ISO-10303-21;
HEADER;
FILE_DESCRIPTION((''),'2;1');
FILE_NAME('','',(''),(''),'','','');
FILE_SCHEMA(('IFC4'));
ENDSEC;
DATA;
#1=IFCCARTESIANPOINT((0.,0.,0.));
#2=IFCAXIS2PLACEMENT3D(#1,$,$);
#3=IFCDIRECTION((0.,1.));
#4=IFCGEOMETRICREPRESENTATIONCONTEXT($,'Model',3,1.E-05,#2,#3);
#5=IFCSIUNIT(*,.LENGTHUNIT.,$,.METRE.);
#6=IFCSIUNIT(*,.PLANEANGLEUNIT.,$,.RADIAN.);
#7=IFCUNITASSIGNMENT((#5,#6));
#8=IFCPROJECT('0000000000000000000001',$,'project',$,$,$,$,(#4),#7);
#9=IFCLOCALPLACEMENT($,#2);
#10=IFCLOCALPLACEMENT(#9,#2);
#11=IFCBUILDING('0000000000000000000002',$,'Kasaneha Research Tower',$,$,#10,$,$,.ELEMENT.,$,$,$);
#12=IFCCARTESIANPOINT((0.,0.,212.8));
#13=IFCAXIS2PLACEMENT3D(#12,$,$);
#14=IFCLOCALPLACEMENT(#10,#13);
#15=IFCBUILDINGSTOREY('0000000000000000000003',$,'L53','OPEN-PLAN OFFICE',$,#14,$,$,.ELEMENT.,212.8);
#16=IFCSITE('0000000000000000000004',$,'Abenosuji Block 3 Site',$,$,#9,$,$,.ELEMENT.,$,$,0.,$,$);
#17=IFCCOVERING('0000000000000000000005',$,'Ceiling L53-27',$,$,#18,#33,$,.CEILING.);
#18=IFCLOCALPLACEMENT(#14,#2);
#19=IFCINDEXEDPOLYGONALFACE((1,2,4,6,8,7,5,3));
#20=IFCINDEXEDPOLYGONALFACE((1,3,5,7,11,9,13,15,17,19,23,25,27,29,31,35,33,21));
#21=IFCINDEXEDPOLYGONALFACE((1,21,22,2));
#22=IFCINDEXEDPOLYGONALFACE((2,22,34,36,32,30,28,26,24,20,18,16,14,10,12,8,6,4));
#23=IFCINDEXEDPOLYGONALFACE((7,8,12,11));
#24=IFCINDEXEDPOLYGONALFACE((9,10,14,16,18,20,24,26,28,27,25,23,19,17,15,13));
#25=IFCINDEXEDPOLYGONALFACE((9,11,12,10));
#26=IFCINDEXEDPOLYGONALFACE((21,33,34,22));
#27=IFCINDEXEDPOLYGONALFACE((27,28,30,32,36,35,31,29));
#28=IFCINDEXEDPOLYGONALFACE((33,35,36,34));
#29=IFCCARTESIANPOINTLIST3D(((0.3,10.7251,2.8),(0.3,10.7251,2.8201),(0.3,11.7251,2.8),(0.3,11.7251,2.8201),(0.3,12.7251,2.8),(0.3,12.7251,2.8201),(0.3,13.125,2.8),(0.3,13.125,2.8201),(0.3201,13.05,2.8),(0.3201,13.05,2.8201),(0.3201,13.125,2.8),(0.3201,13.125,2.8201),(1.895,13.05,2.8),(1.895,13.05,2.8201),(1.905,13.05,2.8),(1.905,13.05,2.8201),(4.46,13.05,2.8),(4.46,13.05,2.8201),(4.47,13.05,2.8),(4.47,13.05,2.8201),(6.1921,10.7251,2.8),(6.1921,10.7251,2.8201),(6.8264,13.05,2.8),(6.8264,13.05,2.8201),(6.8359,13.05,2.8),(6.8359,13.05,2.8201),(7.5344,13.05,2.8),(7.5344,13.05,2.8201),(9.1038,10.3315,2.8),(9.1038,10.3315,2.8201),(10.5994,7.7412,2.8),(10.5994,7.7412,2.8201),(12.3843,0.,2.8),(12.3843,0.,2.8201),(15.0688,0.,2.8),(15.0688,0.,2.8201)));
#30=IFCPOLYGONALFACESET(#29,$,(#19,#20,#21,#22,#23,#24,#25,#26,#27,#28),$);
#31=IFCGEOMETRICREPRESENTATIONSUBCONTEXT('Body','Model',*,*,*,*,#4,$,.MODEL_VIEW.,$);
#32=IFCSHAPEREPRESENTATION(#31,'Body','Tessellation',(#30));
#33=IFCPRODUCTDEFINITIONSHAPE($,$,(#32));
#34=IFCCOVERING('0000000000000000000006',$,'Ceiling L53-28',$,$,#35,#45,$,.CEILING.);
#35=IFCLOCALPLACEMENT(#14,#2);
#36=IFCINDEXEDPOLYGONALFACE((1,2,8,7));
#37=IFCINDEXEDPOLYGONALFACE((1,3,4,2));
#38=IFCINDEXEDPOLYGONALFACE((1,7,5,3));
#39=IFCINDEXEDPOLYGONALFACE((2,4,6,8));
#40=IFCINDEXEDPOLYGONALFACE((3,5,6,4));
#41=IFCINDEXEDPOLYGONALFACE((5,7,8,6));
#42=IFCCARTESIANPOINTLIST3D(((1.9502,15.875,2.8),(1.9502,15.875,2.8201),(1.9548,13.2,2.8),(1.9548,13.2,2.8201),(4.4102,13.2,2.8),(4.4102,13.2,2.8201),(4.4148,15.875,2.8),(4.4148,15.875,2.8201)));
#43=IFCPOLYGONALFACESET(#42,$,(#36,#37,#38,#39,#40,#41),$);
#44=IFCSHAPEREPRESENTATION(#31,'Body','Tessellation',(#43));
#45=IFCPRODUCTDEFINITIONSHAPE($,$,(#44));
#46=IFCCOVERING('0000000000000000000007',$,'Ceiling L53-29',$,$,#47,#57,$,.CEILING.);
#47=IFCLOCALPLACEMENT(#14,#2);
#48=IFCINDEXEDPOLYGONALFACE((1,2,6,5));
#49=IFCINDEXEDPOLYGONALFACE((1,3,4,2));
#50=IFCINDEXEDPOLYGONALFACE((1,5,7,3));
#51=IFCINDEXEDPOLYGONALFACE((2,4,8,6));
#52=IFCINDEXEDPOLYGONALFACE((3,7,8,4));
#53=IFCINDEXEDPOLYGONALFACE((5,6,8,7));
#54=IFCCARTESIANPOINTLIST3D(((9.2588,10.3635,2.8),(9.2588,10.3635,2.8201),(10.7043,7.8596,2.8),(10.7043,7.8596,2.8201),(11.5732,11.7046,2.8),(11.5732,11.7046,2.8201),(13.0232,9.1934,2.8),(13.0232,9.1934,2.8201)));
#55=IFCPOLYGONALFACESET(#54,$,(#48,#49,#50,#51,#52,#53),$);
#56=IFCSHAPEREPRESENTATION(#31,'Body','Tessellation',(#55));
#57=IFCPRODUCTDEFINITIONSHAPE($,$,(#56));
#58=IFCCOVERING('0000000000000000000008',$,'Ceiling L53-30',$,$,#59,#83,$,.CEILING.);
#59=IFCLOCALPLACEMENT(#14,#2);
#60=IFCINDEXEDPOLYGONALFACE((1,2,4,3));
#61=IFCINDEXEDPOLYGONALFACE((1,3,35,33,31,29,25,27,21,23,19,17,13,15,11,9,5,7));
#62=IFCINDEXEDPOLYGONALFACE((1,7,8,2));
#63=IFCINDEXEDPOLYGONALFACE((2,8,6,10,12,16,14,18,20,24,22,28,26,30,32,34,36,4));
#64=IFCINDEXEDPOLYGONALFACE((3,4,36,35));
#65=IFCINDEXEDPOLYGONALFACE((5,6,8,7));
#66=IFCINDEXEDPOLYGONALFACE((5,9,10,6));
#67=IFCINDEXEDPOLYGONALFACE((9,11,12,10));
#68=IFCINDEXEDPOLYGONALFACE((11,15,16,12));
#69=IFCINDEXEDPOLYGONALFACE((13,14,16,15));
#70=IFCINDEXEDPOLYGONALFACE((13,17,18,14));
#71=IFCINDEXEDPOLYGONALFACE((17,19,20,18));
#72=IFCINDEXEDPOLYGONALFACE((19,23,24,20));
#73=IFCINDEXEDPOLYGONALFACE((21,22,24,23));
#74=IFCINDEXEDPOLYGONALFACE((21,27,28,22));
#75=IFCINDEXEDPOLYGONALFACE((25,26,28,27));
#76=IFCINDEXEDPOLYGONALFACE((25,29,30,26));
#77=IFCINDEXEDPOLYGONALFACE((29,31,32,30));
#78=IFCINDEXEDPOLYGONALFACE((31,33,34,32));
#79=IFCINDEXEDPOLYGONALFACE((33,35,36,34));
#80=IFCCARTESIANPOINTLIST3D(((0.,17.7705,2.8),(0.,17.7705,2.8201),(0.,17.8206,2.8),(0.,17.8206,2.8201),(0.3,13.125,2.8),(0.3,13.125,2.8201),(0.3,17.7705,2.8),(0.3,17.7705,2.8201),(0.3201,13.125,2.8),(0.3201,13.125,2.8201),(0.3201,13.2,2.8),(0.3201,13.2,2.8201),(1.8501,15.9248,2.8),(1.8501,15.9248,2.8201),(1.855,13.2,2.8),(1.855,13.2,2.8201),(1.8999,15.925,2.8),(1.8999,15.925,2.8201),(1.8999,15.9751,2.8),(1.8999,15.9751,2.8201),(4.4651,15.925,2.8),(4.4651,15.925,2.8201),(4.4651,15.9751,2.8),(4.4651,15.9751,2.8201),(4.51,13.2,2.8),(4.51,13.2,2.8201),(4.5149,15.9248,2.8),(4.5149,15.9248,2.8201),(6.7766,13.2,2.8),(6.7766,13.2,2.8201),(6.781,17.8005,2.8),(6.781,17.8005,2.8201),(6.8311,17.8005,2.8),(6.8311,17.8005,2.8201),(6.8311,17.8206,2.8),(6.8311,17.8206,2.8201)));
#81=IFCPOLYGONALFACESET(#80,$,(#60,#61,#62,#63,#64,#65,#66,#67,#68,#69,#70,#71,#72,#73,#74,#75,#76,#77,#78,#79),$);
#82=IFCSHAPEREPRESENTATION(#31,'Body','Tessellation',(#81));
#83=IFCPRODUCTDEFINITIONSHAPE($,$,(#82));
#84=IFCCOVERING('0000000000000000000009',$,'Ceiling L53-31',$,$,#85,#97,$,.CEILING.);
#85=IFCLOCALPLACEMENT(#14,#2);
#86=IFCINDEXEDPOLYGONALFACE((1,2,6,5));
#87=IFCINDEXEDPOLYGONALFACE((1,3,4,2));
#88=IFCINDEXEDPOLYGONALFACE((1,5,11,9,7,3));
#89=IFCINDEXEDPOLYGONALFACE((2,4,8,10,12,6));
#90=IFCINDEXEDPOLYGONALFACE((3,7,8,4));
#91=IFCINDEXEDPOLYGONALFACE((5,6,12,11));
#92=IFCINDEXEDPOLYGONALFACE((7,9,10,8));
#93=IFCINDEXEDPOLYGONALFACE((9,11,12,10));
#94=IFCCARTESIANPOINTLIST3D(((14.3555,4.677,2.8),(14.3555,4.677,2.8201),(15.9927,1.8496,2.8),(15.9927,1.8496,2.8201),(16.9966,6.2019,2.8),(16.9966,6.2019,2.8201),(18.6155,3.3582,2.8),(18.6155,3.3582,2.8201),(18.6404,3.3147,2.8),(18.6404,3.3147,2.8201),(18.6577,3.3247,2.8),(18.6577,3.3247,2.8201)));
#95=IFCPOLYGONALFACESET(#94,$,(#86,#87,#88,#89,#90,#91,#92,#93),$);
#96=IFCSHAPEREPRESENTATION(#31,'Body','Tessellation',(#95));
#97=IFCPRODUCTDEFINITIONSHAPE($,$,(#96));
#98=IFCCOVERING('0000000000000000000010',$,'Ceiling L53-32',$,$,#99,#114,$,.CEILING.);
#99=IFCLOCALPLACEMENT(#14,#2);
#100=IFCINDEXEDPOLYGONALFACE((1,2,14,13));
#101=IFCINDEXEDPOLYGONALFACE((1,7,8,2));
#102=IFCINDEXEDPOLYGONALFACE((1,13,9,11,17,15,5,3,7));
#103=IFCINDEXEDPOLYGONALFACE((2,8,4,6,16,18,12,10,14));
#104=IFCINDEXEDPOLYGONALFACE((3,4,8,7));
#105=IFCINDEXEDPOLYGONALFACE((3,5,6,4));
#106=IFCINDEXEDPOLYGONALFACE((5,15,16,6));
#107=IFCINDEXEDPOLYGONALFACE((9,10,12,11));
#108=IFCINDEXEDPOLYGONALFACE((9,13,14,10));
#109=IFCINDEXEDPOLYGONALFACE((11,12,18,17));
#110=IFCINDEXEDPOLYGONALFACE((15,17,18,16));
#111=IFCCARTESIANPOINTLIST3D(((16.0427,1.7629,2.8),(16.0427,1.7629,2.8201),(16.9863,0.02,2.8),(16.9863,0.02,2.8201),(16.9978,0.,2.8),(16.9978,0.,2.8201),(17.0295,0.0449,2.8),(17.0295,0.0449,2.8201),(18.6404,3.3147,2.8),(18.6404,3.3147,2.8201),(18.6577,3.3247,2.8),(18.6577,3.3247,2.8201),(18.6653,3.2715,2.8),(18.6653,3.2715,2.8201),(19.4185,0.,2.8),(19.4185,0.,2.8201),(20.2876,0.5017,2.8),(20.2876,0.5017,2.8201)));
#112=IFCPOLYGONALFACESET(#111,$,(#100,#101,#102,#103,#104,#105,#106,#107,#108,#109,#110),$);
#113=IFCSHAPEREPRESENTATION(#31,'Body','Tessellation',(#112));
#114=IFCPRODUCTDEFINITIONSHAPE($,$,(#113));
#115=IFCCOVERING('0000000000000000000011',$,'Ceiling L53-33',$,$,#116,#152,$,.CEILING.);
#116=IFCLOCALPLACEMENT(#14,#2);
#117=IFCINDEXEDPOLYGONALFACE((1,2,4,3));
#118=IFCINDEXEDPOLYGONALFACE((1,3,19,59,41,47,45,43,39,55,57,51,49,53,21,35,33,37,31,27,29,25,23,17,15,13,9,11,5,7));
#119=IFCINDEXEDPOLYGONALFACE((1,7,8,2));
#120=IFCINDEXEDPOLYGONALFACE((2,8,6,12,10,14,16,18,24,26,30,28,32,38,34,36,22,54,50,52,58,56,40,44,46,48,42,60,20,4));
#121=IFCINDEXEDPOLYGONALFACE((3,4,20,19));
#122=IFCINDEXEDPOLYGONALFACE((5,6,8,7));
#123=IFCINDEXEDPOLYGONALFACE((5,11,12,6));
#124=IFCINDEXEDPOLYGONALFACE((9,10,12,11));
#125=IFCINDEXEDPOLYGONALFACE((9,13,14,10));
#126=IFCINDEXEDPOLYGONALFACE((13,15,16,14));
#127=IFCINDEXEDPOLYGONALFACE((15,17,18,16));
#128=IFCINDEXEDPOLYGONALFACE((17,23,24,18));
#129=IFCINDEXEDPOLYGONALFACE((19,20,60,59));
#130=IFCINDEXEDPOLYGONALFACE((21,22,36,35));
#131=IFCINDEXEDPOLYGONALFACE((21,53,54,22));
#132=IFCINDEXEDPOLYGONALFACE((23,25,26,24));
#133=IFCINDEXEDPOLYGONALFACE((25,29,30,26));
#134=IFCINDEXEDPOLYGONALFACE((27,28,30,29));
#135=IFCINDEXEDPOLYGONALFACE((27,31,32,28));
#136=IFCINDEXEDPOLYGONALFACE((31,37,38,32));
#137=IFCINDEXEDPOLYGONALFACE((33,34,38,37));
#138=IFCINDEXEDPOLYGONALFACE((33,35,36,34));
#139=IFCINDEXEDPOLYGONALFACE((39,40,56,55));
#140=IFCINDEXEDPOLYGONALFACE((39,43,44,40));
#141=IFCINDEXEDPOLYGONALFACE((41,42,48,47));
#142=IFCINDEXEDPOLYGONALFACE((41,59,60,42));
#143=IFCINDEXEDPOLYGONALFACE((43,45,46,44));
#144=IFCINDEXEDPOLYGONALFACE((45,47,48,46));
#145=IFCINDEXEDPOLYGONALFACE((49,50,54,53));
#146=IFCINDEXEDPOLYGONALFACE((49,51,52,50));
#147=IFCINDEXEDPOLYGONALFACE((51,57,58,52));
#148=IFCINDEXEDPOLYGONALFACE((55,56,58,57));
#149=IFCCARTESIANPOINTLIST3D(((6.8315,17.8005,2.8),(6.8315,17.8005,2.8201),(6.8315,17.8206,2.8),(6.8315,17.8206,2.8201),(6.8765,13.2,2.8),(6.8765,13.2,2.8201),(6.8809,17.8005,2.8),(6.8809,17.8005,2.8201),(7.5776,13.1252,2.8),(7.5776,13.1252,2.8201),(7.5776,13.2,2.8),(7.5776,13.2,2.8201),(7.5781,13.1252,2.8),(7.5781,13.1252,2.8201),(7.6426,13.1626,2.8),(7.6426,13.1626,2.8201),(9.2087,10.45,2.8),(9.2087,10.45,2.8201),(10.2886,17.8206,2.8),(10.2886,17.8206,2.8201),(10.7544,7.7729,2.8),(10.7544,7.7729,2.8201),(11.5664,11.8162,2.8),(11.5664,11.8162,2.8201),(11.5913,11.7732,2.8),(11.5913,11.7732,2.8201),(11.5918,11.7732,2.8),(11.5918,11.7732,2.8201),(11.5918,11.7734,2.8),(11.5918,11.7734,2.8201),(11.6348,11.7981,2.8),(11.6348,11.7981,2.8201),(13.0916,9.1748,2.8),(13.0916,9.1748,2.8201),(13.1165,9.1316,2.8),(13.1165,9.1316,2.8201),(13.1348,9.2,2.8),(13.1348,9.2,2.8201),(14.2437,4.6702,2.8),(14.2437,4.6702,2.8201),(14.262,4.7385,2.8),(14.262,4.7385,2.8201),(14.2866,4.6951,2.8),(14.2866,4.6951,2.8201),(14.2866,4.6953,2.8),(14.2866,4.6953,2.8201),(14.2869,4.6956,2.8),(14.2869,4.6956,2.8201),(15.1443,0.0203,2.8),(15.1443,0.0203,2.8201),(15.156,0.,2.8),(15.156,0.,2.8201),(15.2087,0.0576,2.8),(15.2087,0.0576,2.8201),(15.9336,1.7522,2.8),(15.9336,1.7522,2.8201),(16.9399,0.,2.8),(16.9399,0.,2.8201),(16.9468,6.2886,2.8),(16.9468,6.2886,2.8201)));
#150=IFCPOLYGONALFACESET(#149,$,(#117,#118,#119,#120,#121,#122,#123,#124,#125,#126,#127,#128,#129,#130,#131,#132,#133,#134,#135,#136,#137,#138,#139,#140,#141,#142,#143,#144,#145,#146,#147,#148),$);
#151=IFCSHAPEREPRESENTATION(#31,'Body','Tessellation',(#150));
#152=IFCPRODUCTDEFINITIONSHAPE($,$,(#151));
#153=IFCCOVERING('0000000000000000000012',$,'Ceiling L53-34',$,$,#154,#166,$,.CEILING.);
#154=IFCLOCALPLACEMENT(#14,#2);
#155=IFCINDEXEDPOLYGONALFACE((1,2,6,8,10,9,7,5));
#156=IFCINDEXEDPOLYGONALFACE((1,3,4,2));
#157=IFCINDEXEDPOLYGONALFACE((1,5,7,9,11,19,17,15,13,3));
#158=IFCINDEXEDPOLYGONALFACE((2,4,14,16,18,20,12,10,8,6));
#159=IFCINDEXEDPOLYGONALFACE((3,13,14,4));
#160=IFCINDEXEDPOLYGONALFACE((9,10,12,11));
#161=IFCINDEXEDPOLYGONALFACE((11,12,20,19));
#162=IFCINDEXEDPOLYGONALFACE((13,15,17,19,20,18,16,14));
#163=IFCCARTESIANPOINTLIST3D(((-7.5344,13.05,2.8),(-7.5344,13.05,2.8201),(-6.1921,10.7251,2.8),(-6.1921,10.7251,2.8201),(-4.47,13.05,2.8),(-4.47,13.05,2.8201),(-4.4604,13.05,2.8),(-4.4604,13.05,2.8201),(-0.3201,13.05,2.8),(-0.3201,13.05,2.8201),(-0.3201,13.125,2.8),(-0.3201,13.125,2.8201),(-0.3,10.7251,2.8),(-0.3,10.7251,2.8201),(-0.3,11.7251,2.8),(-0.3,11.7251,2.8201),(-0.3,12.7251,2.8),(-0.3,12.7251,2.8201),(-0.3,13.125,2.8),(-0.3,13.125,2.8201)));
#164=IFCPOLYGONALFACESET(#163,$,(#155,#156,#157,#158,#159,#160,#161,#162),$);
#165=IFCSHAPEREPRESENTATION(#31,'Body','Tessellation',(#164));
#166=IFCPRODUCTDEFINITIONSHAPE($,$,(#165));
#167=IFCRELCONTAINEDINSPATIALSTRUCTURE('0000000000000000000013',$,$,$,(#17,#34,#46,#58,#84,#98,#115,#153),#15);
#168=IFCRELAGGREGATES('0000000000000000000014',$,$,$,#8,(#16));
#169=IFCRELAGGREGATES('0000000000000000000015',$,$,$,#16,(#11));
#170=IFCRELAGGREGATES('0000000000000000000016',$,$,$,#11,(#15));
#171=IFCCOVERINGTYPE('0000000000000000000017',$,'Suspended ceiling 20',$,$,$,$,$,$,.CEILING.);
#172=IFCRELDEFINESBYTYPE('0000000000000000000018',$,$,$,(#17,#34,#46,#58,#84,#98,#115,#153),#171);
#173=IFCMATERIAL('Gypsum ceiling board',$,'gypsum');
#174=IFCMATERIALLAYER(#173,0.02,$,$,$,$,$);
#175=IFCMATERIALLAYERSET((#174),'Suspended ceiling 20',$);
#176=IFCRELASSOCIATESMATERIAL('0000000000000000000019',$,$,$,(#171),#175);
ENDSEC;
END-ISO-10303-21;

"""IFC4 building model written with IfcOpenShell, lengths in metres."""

from ifc_helpers import new_model, si_unit, direction, frame, origin, place, context, subcontext, project, spatial, polyline, outline, extrude, material, layer, layer_set, type_object, element, save


model = new_model("IFC4")

# Units and contexts
model_context = context("Model", 3, precision=1e-05, world=origin(), true_north=direction((0.0, 1.0)))
body_context = subcontext(model_context, "Body", "Model", "MODEL_VIEW")
ifc_project = project(units=[si_unit("LENGTHUNIT", "METRE"), si_unit("PLANEANGLEUNIT", "RADIAN")], contexts=[model_context])

# Site, building, storey
site_placement = place(None, origin())
site = spatial("IfcSite", under=ifc_project, at=site_placement, Name="Abenosuji Block 3 Site", CompositionType="ELEMENT", RefElevation=0.0)
building_placement = place(site_placement, origin())
building = spatial("IfcBuilding", under=site, at=building_placement, Name="Kasaneha Research Tower", CompositionType="ELEMENT")
storey_placement = place(building_placement, frame((0.0, 0.0, 212.8)))
storey = spatial("IfcBuildingStorey", under=building, at=storey_placement, Name="L53", Description="OPEN-PLAN OFFICE", CompositionType="ELEMENT", Elevation=212.8)

# Coverings
ifc_material_1 = material(Name="Gypsum ceiling board", Category="gypsum")
ifc_layer_1 = layer(ifc_material_1, 0.02)
ifc_layer_set_1 = layer_set([ifc_layer_1], Name="Suspended ceiling 20")
covering_type_1 = type_object("IfcCoveringType", Name="Suspended ceiling 20", PredefinedType="CEILING", material=ifc_layer_set_1)
covering_1_placement = place(storey_placement, frame((0.0, 0.0, 2.8)))
element("IfcCovering", 1, at=covering_1_placement, inside=storey, type_object=covering_type_1, Name="Ceiling L53-27", PredefinedType="CEILING", context=body_context, shape_type="SweptSolid", body=[
    extrude(outline(polyline([(6.1921, 10.7251), (0.3, 10.7251), (0.3, 11.7251), (0.3, 12.7251), (0.3, 13.125), (0.3201, 13.125), (0.3201, 13.05), (1.895, 13.05), (1.905, 13.05), (4.46, 13.05), (4.47, 13.05), (6.8264, 13.05), (6.8359, 13.05), (7.5344, 13.05), (9.1038, 10.3315), (9.1038, 10.3315), (10.5994, 7.7412), (10.5994, 7.7412), (15.0688, 0.0), (12.3843, 0.0), (6.1921, 10.7251)])), origin(), (0.0, 0.0, 1.0), 0.02),
])
covering_2_placement = place(storey_placement, frame((0.0, 0.0, 2.8)))
element("IfcCovering", 2, at=covering_2_placement, inside=storey, type_object=covering_type_1, Name="Ceiling L53-28", PredefinedType="CEILING", context=body_context, shape_type="SweptSolid", body=[
    extrude(outline(polyline([(4.4102, 13.2), (1.9548, 13.2), (1.9502, 15.875), (4.4148, 15.875), (4.4102, 13.2)])), origin(), (0.0, 0.0, 1.0), 0.02),
])
covering_3_placement = place(storey_placement, frame((0.0, 0.0, 2.8)))
element("IfcCovering", 3, at=covering_3_placement, inside=storey, type_object=covering_type_1, Name="Ceiling L53-29", PredefinedType="CEILING", context=body_context, shape_type="SweptSolid", body=[
    extrude(outline(polyline([(9.2588, 10.3635), (11.5732, 11.7046), (13.0232, 9.1934), (10.7043, 7.8596), (9.2588, 10.3635)])), origin(), (0.0, 0.0, 1.0), 0.02),
])
covering_4_placement = place(storey_placement, frame((0.0, 0.0, 2.8)))
element("IfcCovering", 4, at=covering_4_placement, inside=storey, type_object=covering_type_1, Name="Ceiling L53-30", PredefinedType="CEILING", context=body_context, shape_type="SweptSolid", body=[
    extrude(outline(polyline([(6.8311, 17.8206), (6.8311, 17.8005), (6.781, 17.8005), (6.7766, 13.2), (4.51, 13.2), (4.5149, 15.9248), (4.4651, 15.925), (4.4651, 15.9751), (1.8999, 15.9751), (1.8999, 15.925), (1.8501, 15.9248), (1.855, 13.2), (0.3201, 13.2), (0.3201, 13.125), (0.3, 13.125), (0.3, 17.7705), (0.3, 17.7705), (0.0, 17.7705), (0.0, 17.8206), (6.8311, 17.8206)])), origin(), (0.0, 0.0, 1.0), 0.02),
])
covering_5_placement = place(storey_placement, frame((0.0, 0.0, 2.8)))
element("IfcCovering", 5, at=covering_5_placement, inside=storey, type_object=covering_type_1, Name="Ceiling L53-31", PredefinedType="CEILING", context=body_context, shape_type="SweptSolid", body=[
    extrude(outline(polyline([(18.6577, 3.3247), (18.6404, 3.3147), (18.6155, 3.3582), (15.9927, 1.8496), (14.3555, 4.677), (16.9966, 6.2019), (18.6577, 3.3247)])), origin(), (0.0, 0.0, 1.0), 0.02),
])
covering_6_placement = place(storey_placement, frame((0.0, 0.0, 2.8)))
element("IfcCovering", 6, at=covering_6_placement, inside=storey, type_object=covering_type_1, Name="Ceiling L53-32", PredefinedType="CEILING", context=body_context, shape_type="SweptSolid", body=[
    extrude(outline(polyline([(20.2876, 0.5017), (19.4185, 0.0), (16.9978, 0.0), (16.9863, 0.02), (17.0295, 0.0449), (16.0427, 1.7629), (18.6653, 3.2715), (18.6404, 3.3147), (18.6577, 3.3247), (20.2876, 0.5017)])), origin(), (0.0, 0.0, 1.0), 0.02),
])
covering_7_placement = place(storey_placement, frame((0.0, 0.0, 2.8)))
element("IfcCovering", 7, at=covering_7_placement, inside=storey, type_object=covering_type_1, Name="Ceiling L53-33", PredefinedType="CEILING", context=body_context, shape_type="SweptSolid", body=[
    extrude(outline(polyline([(11.5918, 11.7734), (11.5913, 11.7732), (11.5664, 11.8162), (9.2087, 10.45), (7.6426, 13.1626), (7.5781, 13.1252), (7.5781, 13.1252), (7.5776, 13.1252), (7.5776, 13.2), (6.8765, 13.2), (6.8809, 17.8005), (6.8315, 17.8005), (6.8315, 17.8206), (10.2886, 17.8206), (16.9468, 6.2886), (14.262, 4.7385), (14.2869, 4.6956), (14.2866, 4.6953), (14.2866, 4.6951), (14.2437, 4.6702), (15.9336, 1.7522), (16.9399, 0.0), (15.156, 0.0), (15.1443, 0.0203), (15.2087, 0.0576), (10.7544, 7.7729), (13.1165, 9.1316), (13.0916, 9.1748), (13.1348, 9.2), (11.6348, 11.7981), (11.5918, 11.7732), (11.5918, 11.7734)])), origin(), (0.0, 0.0, 1.0), 0.02),
])
covering_8_placement = place(storey_placement, frame((0.0, 0.0, 2.8)))
element("IfcCovering", 8, at=covering_8_placement, inside=storey, type_object=covering_type_1, Name="Ceiling L53-34", PredefinedType="CEILING", context=body_context, shape_type="SweptSolid", body=[
    extrude(outline(polyline([(-0.3, 11.7251), (-0.3, 10.7251), (-6.1921, 10.7251), (-7.5344, 13.05), (-4.47, 13.05), (-4.4604, 13.05), (-0.3201, 13.05), (-0.3201, 13.125), (-0.3, 13.125), (-0.3, 12.7251), (-0.3, 11.7251)])), origin(), (0.0, 0.0, 1.0), 0.02),
])

save(model, "model.ifc")
